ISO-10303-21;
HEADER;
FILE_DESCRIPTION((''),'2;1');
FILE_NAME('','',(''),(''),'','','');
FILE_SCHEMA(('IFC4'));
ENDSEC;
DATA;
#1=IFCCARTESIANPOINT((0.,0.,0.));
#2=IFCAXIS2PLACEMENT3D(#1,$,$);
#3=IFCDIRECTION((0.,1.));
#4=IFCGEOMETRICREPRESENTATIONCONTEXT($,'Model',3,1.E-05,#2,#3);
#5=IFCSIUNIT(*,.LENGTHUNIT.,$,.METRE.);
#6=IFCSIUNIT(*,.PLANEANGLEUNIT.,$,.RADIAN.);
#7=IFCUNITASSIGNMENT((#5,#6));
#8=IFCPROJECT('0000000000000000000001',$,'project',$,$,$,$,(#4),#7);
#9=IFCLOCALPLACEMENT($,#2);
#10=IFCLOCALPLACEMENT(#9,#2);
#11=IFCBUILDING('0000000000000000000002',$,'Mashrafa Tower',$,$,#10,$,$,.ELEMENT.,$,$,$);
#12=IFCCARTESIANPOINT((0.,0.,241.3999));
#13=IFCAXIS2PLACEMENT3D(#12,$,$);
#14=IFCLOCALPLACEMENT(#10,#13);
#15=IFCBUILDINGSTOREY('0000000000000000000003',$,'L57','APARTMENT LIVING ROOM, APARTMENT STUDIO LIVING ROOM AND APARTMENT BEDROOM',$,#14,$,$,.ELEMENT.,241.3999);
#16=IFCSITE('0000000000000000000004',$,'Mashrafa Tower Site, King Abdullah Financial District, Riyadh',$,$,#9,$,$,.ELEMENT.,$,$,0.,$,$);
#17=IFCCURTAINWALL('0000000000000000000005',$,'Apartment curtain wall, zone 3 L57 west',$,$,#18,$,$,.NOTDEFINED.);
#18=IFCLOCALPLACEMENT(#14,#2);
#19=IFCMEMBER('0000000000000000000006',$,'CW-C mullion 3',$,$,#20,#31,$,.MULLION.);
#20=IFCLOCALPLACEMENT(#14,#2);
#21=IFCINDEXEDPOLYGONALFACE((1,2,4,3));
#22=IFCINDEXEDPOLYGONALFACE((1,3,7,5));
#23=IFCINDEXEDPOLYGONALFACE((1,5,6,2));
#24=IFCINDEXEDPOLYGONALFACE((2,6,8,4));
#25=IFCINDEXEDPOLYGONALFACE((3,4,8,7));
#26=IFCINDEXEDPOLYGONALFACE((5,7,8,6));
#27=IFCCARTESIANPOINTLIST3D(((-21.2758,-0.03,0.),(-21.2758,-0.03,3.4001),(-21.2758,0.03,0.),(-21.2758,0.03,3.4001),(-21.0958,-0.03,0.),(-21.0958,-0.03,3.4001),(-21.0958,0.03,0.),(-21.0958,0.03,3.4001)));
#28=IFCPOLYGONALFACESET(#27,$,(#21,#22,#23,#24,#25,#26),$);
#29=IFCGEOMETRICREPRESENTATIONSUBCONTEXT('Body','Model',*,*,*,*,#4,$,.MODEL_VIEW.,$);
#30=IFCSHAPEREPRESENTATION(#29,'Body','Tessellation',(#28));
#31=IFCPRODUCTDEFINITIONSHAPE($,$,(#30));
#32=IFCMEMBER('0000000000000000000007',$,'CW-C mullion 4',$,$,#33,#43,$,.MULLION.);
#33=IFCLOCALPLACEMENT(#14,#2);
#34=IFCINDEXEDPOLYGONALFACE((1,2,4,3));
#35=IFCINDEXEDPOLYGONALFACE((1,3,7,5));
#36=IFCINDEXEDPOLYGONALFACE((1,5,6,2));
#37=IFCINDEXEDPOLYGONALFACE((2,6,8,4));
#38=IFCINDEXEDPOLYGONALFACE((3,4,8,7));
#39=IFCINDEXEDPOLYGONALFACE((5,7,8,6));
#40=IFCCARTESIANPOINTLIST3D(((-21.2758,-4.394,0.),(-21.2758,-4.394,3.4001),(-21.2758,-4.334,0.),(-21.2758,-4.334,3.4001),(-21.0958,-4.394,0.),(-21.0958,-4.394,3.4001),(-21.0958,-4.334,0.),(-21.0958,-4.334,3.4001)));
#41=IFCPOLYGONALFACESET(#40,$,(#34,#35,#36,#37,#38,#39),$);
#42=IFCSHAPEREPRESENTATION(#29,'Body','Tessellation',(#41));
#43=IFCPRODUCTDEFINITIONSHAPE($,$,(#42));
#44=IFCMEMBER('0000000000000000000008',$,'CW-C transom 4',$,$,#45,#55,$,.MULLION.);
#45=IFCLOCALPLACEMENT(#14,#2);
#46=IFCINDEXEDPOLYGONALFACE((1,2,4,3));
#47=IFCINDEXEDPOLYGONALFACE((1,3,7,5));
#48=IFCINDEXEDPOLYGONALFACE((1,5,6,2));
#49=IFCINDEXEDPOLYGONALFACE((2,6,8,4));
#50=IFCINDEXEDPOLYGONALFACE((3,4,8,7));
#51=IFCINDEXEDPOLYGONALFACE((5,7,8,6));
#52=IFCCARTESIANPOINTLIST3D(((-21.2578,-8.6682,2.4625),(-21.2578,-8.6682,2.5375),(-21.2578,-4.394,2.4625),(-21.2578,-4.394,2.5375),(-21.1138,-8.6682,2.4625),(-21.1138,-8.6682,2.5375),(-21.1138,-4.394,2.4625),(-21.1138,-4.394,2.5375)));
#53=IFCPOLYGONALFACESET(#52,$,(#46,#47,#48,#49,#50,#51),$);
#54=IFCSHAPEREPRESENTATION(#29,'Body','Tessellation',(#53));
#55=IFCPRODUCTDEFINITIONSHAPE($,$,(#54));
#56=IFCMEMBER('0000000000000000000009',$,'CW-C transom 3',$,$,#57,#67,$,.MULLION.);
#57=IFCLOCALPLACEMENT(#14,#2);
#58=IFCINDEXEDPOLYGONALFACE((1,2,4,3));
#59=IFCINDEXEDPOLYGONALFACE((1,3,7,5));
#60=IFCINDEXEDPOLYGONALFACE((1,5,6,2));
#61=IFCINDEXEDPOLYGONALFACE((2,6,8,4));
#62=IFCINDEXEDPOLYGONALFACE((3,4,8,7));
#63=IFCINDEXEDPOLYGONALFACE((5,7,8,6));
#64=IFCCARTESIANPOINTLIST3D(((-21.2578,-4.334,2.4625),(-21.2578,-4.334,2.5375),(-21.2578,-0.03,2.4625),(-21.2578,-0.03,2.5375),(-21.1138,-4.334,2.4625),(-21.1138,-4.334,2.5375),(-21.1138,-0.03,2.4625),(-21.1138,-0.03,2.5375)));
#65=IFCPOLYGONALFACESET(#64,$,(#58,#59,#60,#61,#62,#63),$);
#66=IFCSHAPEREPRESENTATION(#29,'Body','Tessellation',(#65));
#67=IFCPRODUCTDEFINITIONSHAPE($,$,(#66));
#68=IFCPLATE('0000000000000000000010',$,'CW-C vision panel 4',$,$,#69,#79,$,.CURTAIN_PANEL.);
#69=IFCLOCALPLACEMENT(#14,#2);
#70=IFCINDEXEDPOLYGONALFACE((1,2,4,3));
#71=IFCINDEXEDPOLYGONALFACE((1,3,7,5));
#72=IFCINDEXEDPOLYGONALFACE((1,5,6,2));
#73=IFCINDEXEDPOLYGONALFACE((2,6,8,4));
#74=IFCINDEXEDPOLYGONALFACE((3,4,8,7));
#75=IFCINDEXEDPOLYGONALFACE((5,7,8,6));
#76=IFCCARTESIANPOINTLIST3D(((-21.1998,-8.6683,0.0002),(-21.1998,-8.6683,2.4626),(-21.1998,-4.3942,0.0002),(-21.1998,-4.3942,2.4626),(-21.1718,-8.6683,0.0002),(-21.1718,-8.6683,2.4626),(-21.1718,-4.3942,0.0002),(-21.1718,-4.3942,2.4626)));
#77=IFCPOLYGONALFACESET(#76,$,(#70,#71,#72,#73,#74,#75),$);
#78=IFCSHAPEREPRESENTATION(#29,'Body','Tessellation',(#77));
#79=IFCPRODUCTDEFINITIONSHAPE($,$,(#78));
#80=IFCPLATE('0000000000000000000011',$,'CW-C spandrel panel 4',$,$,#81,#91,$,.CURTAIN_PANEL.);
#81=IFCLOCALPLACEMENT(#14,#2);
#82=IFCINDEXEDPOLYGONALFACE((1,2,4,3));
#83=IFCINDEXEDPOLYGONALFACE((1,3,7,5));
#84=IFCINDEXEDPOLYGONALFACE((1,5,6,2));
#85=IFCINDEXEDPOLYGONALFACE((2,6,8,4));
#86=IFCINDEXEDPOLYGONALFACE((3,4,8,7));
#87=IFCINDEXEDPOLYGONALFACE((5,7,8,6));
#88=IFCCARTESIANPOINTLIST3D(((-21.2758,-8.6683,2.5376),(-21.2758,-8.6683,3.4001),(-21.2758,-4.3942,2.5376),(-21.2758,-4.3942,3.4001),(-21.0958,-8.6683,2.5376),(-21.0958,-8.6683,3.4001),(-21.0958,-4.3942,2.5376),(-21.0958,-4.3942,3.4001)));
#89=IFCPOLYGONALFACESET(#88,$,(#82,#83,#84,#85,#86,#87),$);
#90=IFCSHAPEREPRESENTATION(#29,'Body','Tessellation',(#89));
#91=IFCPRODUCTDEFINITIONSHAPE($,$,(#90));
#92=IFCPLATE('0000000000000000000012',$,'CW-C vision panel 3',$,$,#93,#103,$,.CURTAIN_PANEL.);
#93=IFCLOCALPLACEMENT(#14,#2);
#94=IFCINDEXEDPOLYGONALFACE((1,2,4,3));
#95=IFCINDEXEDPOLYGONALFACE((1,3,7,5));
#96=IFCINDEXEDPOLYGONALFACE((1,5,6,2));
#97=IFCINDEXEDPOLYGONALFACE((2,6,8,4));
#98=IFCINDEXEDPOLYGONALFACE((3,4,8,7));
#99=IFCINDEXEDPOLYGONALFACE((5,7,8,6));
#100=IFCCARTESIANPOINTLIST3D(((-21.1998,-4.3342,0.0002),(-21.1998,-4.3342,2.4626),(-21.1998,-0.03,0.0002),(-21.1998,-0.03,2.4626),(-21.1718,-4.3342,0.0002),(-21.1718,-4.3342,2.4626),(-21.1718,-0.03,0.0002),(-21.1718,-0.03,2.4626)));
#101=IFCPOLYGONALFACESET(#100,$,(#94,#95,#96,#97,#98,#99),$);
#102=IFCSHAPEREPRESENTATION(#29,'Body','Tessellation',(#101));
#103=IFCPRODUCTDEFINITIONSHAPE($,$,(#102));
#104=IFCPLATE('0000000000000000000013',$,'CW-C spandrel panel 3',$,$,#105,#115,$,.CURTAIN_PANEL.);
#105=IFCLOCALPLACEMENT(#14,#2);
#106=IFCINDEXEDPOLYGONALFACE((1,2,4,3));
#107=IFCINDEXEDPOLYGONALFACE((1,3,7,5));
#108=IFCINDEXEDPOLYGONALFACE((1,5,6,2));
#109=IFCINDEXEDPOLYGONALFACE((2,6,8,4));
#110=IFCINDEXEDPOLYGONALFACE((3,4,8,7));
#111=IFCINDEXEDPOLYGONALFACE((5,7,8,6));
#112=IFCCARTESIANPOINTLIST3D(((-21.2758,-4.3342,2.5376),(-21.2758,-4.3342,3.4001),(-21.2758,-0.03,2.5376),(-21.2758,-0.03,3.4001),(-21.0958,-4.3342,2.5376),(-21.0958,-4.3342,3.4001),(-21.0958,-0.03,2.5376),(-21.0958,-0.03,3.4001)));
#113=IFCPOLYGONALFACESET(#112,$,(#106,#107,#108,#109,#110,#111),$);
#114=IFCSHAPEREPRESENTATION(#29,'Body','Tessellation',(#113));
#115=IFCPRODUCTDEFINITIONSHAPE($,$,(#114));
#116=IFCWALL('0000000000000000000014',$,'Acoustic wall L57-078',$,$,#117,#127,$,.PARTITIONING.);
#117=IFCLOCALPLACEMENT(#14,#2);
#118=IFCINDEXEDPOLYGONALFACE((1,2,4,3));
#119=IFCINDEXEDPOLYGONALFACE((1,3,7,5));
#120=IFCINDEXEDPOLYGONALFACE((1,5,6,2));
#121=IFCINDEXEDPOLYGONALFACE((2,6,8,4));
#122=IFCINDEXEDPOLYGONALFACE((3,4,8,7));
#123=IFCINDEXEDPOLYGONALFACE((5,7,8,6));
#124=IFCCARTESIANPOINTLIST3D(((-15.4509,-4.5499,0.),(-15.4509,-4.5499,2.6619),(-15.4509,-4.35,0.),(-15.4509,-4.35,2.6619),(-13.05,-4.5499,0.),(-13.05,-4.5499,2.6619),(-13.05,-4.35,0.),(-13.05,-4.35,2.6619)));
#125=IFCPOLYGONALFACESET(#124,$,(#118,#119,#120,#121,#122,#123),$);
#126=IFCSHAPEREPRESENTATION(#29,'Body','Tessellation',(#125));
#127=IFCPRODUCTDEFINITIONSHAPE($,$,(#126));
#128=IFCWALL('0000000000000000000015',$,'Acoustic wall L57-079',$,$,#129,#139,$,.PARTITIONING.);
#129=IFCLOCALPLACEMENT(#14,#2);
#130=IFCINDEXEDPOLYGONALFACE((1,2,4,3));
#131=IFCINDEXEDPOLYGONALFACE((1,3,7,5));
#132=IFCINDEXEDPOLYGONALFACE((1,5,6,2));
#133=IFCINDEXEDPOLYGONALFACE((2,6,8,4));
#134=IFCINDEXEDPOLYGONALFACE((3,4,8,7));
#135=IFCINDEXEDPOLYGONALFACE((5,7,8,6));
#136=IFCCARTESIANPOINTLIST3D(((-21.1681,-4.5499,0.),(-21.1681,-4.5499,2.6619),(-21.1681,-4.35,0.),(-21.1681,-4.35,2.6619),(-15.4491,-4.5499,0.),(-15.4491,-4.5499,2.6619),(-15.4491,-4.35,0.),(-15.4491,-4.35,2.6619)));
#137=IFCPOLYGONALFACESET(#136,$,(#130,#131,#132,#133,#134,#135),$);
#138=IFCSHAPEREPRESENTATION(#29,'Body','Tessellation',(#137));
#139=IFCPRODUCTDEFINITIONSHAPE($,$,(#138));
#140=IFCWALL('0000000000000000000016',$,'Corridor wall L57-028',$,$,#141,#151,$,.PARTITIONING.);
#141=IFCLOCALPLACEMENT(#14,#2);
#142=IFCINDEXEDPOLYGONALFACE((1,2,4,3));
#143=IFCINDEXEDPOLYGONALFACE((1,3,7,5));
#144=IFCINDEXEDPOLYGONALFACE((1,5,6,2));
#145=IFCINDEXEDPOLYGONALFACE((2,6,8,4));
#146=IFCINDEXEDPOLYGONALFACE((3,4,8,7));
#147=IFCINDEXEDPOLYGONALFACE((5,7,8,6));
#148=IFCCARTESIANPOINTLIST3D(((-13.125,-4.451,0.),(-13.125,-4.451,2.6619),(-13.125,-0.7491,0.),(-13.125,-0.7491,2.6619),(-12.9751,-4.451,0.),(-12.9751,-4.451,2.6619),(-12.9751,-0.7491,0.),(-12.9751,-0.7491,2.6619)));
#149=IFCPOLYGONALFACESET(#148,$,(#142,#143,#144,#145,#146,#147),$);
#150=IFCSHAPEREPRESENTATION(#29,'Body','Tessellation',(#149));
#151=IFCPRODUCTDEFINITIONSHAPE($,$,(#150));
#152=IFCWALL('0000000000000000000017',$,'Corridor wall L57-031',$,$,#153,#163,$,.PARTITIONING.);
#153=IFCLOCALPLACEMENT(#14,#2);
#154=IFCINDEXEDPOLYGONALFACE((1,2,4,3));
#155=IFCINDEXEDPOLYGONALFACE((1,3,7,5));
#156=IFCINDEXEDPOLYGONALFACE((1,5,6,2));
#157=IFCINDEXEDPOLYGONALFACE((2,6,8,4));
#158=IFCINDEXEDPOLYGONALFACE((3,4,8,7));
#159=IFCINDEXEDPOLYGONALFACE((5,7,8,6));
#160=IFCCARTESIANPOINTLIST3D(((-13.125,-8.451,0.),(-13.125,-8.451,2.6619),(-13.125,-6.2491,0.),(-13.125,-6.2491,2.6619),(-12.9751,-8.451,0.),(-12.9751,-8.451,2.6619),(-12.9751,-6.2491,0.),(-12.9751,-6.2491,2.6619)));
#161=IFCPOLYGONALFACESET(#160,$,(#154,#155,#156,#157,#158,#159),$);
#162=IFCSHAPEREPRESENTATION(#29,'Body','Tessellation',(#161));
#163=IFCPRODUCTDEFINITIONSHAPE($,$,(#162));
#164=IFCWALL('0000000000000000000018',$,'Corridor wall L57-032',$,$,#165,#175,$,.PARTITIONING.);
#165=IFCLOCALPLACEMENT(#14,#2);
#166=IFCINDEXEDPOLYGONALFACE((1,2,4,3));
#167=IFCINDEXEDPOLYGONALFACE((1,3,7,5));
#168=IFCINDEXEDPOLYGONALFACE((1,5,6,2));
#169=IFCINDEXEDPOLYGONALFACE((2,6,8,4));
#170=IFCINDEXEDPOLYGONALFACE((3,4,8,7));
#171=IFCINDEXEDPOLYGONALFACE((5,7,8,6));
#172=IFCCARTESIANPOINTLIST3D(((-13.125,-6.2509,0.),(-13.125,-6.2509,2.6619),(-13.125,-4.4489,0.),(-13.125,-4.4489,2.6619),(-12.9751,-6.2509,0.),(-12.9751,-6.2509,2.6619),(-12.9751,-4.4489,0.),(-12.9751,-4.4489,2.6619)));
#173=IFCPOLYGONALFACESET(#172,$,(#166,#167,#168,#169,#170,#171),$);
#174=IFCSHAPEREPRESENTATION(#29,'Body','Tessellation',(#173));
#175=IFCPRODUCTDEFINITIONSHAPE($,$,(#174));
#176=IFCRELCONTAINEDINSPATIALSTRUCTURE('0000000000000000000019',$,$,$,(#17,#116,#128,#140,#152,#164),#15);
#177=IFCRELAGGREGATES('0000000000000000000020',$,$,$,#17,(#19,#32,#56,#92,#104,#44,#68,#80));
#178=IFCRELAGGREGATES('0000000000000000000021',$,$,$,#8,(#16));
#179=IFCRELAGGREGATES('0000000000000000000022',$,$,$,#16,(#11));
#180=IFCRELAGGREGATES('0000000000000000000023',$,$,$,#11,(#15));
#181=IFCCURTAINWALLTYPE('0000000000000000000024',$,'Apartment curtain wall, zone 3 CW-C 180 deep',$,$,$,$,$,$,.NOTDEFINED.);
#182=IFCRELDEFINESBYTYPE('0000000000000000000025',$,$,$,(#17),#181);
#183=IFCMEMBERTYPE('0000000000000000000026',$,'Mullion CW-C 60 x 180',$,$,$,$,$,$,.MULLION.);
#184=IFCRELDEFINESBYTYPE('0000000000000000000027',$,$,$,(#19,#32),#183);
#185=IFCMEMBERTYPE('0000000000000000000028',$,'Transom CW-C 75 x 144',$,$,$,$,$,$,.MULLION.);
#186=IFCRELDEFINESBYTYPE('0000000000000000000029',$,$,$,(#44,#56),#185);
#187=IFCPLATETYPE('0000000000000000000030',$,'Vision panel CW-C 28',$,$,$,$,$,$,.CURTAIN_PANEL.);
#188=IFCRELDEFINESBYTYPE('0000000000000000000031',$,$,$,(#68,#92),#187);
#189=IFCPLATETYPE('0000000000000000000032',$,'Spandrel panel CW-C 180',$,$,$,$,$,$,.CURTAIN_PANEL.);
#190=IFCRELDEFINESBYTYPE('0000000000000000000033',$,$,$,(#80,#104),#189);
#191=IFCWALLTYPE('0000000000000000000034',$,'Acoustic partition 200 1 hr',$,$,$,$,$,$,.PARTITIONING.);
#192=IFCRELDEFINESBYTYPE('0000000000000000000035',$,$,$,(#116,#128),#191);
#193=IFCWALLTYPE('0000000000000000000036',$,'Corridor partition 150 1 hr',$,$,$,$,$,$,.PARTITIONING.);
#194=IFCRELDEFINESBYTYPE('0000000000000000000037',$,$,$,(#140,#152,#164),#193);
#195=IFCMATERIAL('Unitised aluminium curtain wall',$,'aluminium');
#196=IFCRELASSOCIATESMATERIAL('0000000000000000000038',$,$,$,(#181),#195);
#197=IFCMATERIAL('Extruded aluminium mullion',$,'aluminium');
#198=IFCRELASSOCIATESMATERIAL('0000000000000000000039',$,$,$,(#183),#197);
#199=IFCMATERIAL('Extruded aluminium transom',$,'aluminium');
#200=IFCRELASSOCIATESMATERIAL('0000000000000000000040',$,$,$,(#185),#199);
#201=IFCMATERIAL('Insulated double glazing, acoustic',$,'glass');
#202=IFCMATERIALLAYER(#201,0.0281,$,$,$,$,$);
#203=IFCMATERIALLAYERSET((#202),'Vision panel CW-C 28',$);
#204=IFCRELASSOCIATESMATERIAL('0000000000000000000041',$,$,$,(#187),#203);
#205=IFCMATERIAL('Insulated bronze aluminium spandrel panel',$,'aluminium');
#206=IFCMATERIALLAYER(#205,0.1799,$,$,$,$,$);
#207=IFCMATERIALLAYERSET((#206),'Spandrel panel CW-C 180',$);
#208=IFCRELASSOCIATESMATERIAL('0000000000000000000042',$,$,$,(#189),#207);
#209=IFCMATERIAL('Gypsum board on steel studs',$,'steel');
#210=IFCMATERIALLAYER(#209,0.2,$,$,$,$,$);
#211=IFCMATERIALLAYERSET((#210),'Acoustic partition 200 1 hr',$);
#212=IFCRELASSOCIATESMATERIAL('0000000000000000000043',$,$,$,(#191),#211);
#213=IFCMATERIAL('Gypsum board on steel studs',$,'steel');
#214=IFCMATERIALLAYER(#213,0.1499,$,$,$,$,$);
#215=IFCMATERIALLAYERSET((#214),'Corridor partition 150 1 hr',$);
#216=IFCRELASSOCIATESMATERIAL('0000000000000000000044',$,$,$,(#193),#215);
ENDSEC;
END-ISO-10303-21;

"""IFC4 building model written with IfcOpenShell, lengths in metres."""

from ifc_helpers import new_model, si_unit, direction, frame, frame_2d, origin, origin_2d, place, context, subcontext, project, spatial, rectangle, extrude, source, transform, mapped, material, layer, layer_set, material_profile, profile_set, type_object, type_shapes, element, aggregate, save


model = new_model("IFC4")

# Units and contexts
model_context = context("Model", 3, precision=1e-05, world=origin(), true_north=direction((0.0, 1.0)))
body_context = subcontext(model_context, "Body", "Model", "MODEL_VIEW")
ifc_project = project(units=[si_unit("LENGTHUNIT", "METRE"), si_unit("PLANEANGLEUNIT", "RADIAN")], contexts=[model_context])

# Site, building, storey
site_placement = place(None, origin())
site = spatial("IfcSite", under=ifc_project, at=site_placement, Name="Mashrafa Tower Site, King Abdullah Financial District, Riyadh", CompositionType="ELEMENT", RefElevation=0.0)
building_placement = place(site_placement, origin())
building = spatial("IfcBuilding", under=site, at=building_placement, Name="Mashrafa Tower", CompositionType="ELEMENT")
storey_placement = place(building_placement, frame((0.0, 0.0, 241.3999)))
storey = spatial("IfcBuildingStorey", under=building, at=storey_placement, Name="L57", Description="APARTMENT LIVING ROOM, APARTMENT STUDIO LIVING ROOM AND APARTMENT BEDROOM", CompositionType="ELEMENT", Elevation=241.3999)

# Curtain wall, members, plates
ifc_material_1 = material(Name="Unitised aluminium curtain wall", Category="aluminium")
curtain_wall_type = type_object("IfcCurtainWallType", Name="Apartment curtain wall, zone 3 CW-C 180 deep", PredefinedType="NOTDEFINED", material=ifc_material_1)
curtain_wall_placement = place(storey_placement, origin())
curtain_wall = element("IfcCurtainWall", 1, at=curtain_wall_placement, inside=storey, type_object=curtain_wall_type, Name="Apartment curtain wall, zone 3 L57 west", PredefinedType="NOTDEFINED")
ifc_material_2 = material(Name="Extruded aluminium mullion", Category="aluminium")
ifc_material_profile_1 = material_profile(ifc_material_2, rectangle(XDim=0.1799, YDim=0.0601, at=origin_2d()), Name="Mullion 60x180")
ifc_profile_set_1 = profile_set([ifc_material_profile_1], Name="Extruded aluminium mullion")
member_type_1 = type_object("IfcMemberType", Name="Mullion CW-C 60 x 180", PredefinedType="MULLION", material=ifc_profile_set_1)
shared_shape_1 = source(origin(), body_context, "Body", "SweptSolid", [
    extrude(rectangle(XDim=0.1799, YDim=0.0601, at=origin_2d()), origin(), (0.0, 0.0, 1.0), 3.4001),
])
type_shapes(member_type_1, [shared_shape_1])
member_1_placement = place(storey_placement, frame((-21.1858, 0.0, 0.0), z_axis=(0.0, 0.0, 1.0), x_axis=(1.0, 0.0, 0.0)))
member_1 = element("IfcMember", 2, at=member_1_placement, type_object=member_type_1, Name="CW-C mullion 3", PredefinedType="MULLION", context=body_context, shape_type="MappedRepresentation", body=[
    mapped(shared_shape_1, transform((0.0, 0.0, 0.0))),
])
member_2_placement = place(storey_placement, frame((-21.1858, -4.364, 0.0), z_axis=(0.0, 0.0, 1.0), x_axis=(1.0, 0.0, 0.0)))
member_2 = element("IfcMember", 3, at=member_2_placement, type_object=member_type_1, Name="CW-C mullion 4", PredefinedType="MULLION", context=body_context, shape_type="MappedRepresentation", body=[
    mapped(shared_shape_1, transform((0.0, 0.0, 0.0))),
])
ifc_material_3 = material(Name="Extruded aluminium transom", Category="aluminium")
ifc_material_profile_2 = material_profile(ifc_material_3, rectangle(XDim=0.144, YDim=0.075, at=origin_2d()), Name="Transom 75x144")
ifc_profile_set_2 = profile_set([ifc_material_profile_2], Name="Extruded aluminium transom")
member_type_2 = type_object("IfcMemberType", Name="Transom CW-C 75 x 144", PredefinedType="MULLION", material=ifc_profile_set_2)
shared_shape_2 = source(origin(), body_context, "Body", "SweptSolid", [
    extrude(rectangle(XDim=0.144, YDim=0.075, at=origin_2d()), origin(), (0.0, 0.0, 1.0), 4.2742),
])
member_3_placement = place(storey_placement, frame((-21.1858, -4.394, 2.5), z_axis=(0.0, -1.0, 0.0), x_axis=(1.0, 0.0, 0.0)))
member_3 = element("IfcMember", 4, at=member_3_placement, type_object=member_type_2, Name="CW-C transom 4", PredefinedType="MULLION", context=body_context, shape_type="MappedRepresentation", body=[
    mapped(shared_shape_2, transform((0.0, 0.0, 0.0))),
])
shared_shape_3 = source(origin(), body_context, "Body", "SweptSolid", [
    extrude(rectangle(XDim=0.144, YDim=0.075, at=origin_2d()), origin(), (0.0, 0.0, 1.0), 4.304),
])
type_shapes(member_type_2, [shared_shape_2, shared_shape_3])
member_4_placement = place(storey_placement, frame((-21.1858, -0.03, 2.5), z_axis=(0.0, -1.0, 0.0), x_axis=(1.0, 0.0, 0.0)))
member_4 = element("IfcMember", 5, at=member_4_placement, type_object=member_type_2, Name="CW-C transom 3", PredefinedType="MULLION", context=body_context, shape_type="MappedRepresentation", body=[
    mapped(shared_shape_3, transform((0.0, 0.0, 0.0))),
])
ifc_material_4 = material(Name="Insulated double glazing, acoustic", Category="glass")
ifc_layer_1 = layer(ifc_material_4, 0.0281)
ifc_layer_set_1 = layer_set([ifc_layer_1], Name="Vision panel CW-C 28")
plate_type_1 = type_object("IfcPlateType", Name="Vision panel CW-C 28", PredefinedType="CURTAIN_PANEL", material=ifc_layer_set_1)
shared_shape_4 = source(origin(), body_context, "Body", "SweptSolid", [
    extrude(rectangle(XDim=4.2742, YDim=0.0281, at=origin_2d()), origin(), (0.0, 0.0, 1.0), 2.4624),
])
plate_1_placement = place(storey_placement, frame((-21.1858, -6.5312, 0.0002), z_axis=(0.0, 0.0, 1.0), x_axis=(0.0, -1.0, 0.0)))
plate_1 = element("IfcPlate", 6, at=plate_1_placement, type_object=plate_type_1, Name="CW-C vision panel 4", PredefinedType="CURTAIN_PANEL", context=body_context, shape_type="MappedRepresentation", body=[
    mapped(shared_shape_4, transform((0.0, 0.0, 0.0))),
])
ifc_material_5 = material(Name="Insulated bronze aluminium spandrel panel", Category="aluminium")
ifc_layer_2 = layer(ifc_material_5, 0.1799)
ifc_layer_set_2 = layer_set([ifc_layer_2], Name="Spandrel panel CW-C 180")
plate_type_2 = type_object("IfcPlateType", Name="Spandrel panel CW-C 180", PredefinedType="CURTAIN_PANEL", material=ifc_layer_set_2)
shared_shape_5 = source(origin(), body_context, "Body", "SweptSolid", [
    extrude(rectangle(XDim=4.2742, YDim=0.1799, at=origin_2d()), origin(), (0.0, 0.0, 1.0), 0.8625),
])
plate_2_placement = place(storey_placement, frame((-21.1858, -6.5312, 2.5376), z_axis=(0.0, 0.0, 1.0), x_axis=(0.0, -1.0, 0.0)))
plate_2 = element("IfcPlate", 7, at=plate_2_placement, type_object=plate_type_2, Name="CW-C spandrel panel 4", PredefinedType="CURTAIN_PANEL", context=body_context, shape_type="MappedRepresentation", body=[
    mapped(shared_shape_5, transform((0.0, 0.0, 0.0))),
])
shared_shape_6 = source(origin(), body_context, "Body", "SweptSolid", [
    extrude(rectangle(XDim=4.3042, YDim=0.0281, at=origin_2d()), origin(), (0.0, 0.0, 1.0), 2.4624),
])
type_shapes(plate_type_1, [shared_shape_4, shared_shape_6])
plate_3_placement = place(storey_placement, frame((-21.1858, -2.1821, 0.0002), z_axis=(0.0, 0.0, 1.0), x_axis=(0.0, -1.0, 0.0)))
plate_3 = element("IfcPlate", 8, at=plate_3_placement, type_object=plate_type_1, Name="CW-C vision panel 3", PredefinedType="CURTAIN_PANEL", context=body_context, shape_type="MappedRepresentation", body=[
    mapped(shared_shape_6, transform((0.0, 0.0, 0.0))),
])
shared_shape_7 = source(origin(), body_context, "Body", "SweptSolid", [
    extrude(rectangle(XDim=4.3042, YDim=0.1799, at=origin_2d()), origin(), (0.0, 0.0, 1.0), 0.8625),
])
type_shapes(plate_type_2, [shared_shape_5, shared_shape_7])
plate_4_placement = place(storey_placement, frame((-21.1858, -2.1821, 2.5376), z_axis=(0.0, 0.0, 1.0), x_axis=(0.0, -1.0, 0.0)))
plate_4 = element("IfcPlate", 9, at=plate_4_placement, type_object=plate_type_2, Name="CW-C spandrel panel 3", PredefinedType="CURTAIN_PANEL", context=body_context, shape_type="MappedRepresentation", body=[
    mapped(shared_shape_7, transform((0.0, 0.0, 0.0))),
])
aggregate(curtain_wall, [member_1, member_2, member_4, plate_3, plate_4, member_3, plate_1, plate_2])

# Walls
ifc_material_6 = material(Name="Gypsum board on steel studs", Category="steel")
ifc_layer_3 = layer(ifc_material_6, 0.2)
ifc_layer_set_3 = layer_set([ifc_layer_3], Name="Acoustic partition 200 1 hr")
wall_type_1 = type_object("IfcWallType", Name="Acoustic partition 200 1 hr", PredefinedType="PARTITIONING", material=ifc_layer_set_3)
wall_1_placement = place(storey_placement, frame((-15.4509, -4.45, 0.0), z_axis=(0.0, 0.0, 1.0), x_axis=(1.0, 0.0, 0.0)))
element("IfcWall", 10, at=wall_1_placement, inside=storey, type_object=wall_type_1, Name="Acoustic wall L57-078", PredefinedType="PARTITIONING", context=body_context, shape_type="SweptSolid", body=[
    extrude(rectangle(XDim=2.4009, YDim=0.2, at=frame_2d((1.2004, 0.0))), origin(), (0.0, 0.0, 1.0), 2.6619),
])
wall_2_placement = place(storey_placement, frame((-21.168, -4.45, 0.0), z_axis=(0.0, 0.0, 1.0), x_axis=(1.0, 0.0, 0.0)))
element("IfcWall", 11, at=wall_2_placement, inside=storey, type_object=wall_type_1, Name="Acoustic wall L57-079", PredefinedType="PARTITIONING", context=body_context, shape_type="SweptSolid", body=[
    extrude(rectangle(XDim=5.719, YDim=0.2, at=frame_2d((2.8594, 0.0))), origin(), (0.0, 0.0, 1.0), 2.6619),
])
ifc_material_7 = material(Name="Gypsum board on steel studs", Category="steel")
ifc_layer_4 = layer(ifc_material_7, 0.1499)
ifc_layer_set_4 = layer_set([ifc_layer_4], Name="Corridor partition 150 1 hr")
wall_type_2 = type_object("IfcWallType", Name="Corridor partition 150 1 hr", PredefinedType="PARTITIONING", material=ifc_layer_set_4)
wall_3_placement = place(storey_placement, frame((-13.05, -0.749, 0.0), z_axis=(0.0, 0.0, 1.0), x_axis=(0.0, -1.0, 0.0)))
element("IfcWall", 12, at=wall_3_placement, inside=storey, type_object=wall_type_2, Name="Corridor wall L57-028", PredefinedType="PARTITIONING", context=body_context, shape_type="SweptSolid", body=[
    extrude(rectangle(XDim=3.7019, YDim=0.1499, at=frame_2d((1.8511, 0.0))), origin(), (0.0, 0.0, 1.0), 2.6619),
])
wall_4_placement = place(storey_placement, frame((-13.05, -6.249, 0.0), z_axis=(0.0, 0.0, 1.0), x_axis=(0.0, -1.0, 0.0)))
element("IfcWall", 13, at=wall_4_placement, inside=storey, type_object=wall_type_2, Name="Corridor wall L57-031", PredefinedType="PARTITIONING", context=body_context, shape_type="SweptSolid", body=[
    extrude(rectangle(XDim=2.2019, YDim=0.1499, at=frame_2d((1.1011, 0.0))), origin(), (0.0, 0.0, 1.0), 2.6619),
])
wall_5_placement = place(storey_placement, frame((-13.05, -4.449, 0.0), z_axis=(0.0, 0.0, 1.0), x_axis=(0.0, -1.0, 0.0)))
element("IfcWall", 14, at=wall_5_placement, inside=storey, type_object=wall_type_2, Name="Corridor wall L57-032", PredefinedType="PARTITIONING", context=body_context, shape_type="SweptSolid", body=[
    extrude(rectangle(XDim=1.802, YDim=0.1499, at=frame_2d((0.9009, 0.0))), origin(), (0.0, 0.0, 1.0), 2.6619),
])

save(model, "model.ifc")
